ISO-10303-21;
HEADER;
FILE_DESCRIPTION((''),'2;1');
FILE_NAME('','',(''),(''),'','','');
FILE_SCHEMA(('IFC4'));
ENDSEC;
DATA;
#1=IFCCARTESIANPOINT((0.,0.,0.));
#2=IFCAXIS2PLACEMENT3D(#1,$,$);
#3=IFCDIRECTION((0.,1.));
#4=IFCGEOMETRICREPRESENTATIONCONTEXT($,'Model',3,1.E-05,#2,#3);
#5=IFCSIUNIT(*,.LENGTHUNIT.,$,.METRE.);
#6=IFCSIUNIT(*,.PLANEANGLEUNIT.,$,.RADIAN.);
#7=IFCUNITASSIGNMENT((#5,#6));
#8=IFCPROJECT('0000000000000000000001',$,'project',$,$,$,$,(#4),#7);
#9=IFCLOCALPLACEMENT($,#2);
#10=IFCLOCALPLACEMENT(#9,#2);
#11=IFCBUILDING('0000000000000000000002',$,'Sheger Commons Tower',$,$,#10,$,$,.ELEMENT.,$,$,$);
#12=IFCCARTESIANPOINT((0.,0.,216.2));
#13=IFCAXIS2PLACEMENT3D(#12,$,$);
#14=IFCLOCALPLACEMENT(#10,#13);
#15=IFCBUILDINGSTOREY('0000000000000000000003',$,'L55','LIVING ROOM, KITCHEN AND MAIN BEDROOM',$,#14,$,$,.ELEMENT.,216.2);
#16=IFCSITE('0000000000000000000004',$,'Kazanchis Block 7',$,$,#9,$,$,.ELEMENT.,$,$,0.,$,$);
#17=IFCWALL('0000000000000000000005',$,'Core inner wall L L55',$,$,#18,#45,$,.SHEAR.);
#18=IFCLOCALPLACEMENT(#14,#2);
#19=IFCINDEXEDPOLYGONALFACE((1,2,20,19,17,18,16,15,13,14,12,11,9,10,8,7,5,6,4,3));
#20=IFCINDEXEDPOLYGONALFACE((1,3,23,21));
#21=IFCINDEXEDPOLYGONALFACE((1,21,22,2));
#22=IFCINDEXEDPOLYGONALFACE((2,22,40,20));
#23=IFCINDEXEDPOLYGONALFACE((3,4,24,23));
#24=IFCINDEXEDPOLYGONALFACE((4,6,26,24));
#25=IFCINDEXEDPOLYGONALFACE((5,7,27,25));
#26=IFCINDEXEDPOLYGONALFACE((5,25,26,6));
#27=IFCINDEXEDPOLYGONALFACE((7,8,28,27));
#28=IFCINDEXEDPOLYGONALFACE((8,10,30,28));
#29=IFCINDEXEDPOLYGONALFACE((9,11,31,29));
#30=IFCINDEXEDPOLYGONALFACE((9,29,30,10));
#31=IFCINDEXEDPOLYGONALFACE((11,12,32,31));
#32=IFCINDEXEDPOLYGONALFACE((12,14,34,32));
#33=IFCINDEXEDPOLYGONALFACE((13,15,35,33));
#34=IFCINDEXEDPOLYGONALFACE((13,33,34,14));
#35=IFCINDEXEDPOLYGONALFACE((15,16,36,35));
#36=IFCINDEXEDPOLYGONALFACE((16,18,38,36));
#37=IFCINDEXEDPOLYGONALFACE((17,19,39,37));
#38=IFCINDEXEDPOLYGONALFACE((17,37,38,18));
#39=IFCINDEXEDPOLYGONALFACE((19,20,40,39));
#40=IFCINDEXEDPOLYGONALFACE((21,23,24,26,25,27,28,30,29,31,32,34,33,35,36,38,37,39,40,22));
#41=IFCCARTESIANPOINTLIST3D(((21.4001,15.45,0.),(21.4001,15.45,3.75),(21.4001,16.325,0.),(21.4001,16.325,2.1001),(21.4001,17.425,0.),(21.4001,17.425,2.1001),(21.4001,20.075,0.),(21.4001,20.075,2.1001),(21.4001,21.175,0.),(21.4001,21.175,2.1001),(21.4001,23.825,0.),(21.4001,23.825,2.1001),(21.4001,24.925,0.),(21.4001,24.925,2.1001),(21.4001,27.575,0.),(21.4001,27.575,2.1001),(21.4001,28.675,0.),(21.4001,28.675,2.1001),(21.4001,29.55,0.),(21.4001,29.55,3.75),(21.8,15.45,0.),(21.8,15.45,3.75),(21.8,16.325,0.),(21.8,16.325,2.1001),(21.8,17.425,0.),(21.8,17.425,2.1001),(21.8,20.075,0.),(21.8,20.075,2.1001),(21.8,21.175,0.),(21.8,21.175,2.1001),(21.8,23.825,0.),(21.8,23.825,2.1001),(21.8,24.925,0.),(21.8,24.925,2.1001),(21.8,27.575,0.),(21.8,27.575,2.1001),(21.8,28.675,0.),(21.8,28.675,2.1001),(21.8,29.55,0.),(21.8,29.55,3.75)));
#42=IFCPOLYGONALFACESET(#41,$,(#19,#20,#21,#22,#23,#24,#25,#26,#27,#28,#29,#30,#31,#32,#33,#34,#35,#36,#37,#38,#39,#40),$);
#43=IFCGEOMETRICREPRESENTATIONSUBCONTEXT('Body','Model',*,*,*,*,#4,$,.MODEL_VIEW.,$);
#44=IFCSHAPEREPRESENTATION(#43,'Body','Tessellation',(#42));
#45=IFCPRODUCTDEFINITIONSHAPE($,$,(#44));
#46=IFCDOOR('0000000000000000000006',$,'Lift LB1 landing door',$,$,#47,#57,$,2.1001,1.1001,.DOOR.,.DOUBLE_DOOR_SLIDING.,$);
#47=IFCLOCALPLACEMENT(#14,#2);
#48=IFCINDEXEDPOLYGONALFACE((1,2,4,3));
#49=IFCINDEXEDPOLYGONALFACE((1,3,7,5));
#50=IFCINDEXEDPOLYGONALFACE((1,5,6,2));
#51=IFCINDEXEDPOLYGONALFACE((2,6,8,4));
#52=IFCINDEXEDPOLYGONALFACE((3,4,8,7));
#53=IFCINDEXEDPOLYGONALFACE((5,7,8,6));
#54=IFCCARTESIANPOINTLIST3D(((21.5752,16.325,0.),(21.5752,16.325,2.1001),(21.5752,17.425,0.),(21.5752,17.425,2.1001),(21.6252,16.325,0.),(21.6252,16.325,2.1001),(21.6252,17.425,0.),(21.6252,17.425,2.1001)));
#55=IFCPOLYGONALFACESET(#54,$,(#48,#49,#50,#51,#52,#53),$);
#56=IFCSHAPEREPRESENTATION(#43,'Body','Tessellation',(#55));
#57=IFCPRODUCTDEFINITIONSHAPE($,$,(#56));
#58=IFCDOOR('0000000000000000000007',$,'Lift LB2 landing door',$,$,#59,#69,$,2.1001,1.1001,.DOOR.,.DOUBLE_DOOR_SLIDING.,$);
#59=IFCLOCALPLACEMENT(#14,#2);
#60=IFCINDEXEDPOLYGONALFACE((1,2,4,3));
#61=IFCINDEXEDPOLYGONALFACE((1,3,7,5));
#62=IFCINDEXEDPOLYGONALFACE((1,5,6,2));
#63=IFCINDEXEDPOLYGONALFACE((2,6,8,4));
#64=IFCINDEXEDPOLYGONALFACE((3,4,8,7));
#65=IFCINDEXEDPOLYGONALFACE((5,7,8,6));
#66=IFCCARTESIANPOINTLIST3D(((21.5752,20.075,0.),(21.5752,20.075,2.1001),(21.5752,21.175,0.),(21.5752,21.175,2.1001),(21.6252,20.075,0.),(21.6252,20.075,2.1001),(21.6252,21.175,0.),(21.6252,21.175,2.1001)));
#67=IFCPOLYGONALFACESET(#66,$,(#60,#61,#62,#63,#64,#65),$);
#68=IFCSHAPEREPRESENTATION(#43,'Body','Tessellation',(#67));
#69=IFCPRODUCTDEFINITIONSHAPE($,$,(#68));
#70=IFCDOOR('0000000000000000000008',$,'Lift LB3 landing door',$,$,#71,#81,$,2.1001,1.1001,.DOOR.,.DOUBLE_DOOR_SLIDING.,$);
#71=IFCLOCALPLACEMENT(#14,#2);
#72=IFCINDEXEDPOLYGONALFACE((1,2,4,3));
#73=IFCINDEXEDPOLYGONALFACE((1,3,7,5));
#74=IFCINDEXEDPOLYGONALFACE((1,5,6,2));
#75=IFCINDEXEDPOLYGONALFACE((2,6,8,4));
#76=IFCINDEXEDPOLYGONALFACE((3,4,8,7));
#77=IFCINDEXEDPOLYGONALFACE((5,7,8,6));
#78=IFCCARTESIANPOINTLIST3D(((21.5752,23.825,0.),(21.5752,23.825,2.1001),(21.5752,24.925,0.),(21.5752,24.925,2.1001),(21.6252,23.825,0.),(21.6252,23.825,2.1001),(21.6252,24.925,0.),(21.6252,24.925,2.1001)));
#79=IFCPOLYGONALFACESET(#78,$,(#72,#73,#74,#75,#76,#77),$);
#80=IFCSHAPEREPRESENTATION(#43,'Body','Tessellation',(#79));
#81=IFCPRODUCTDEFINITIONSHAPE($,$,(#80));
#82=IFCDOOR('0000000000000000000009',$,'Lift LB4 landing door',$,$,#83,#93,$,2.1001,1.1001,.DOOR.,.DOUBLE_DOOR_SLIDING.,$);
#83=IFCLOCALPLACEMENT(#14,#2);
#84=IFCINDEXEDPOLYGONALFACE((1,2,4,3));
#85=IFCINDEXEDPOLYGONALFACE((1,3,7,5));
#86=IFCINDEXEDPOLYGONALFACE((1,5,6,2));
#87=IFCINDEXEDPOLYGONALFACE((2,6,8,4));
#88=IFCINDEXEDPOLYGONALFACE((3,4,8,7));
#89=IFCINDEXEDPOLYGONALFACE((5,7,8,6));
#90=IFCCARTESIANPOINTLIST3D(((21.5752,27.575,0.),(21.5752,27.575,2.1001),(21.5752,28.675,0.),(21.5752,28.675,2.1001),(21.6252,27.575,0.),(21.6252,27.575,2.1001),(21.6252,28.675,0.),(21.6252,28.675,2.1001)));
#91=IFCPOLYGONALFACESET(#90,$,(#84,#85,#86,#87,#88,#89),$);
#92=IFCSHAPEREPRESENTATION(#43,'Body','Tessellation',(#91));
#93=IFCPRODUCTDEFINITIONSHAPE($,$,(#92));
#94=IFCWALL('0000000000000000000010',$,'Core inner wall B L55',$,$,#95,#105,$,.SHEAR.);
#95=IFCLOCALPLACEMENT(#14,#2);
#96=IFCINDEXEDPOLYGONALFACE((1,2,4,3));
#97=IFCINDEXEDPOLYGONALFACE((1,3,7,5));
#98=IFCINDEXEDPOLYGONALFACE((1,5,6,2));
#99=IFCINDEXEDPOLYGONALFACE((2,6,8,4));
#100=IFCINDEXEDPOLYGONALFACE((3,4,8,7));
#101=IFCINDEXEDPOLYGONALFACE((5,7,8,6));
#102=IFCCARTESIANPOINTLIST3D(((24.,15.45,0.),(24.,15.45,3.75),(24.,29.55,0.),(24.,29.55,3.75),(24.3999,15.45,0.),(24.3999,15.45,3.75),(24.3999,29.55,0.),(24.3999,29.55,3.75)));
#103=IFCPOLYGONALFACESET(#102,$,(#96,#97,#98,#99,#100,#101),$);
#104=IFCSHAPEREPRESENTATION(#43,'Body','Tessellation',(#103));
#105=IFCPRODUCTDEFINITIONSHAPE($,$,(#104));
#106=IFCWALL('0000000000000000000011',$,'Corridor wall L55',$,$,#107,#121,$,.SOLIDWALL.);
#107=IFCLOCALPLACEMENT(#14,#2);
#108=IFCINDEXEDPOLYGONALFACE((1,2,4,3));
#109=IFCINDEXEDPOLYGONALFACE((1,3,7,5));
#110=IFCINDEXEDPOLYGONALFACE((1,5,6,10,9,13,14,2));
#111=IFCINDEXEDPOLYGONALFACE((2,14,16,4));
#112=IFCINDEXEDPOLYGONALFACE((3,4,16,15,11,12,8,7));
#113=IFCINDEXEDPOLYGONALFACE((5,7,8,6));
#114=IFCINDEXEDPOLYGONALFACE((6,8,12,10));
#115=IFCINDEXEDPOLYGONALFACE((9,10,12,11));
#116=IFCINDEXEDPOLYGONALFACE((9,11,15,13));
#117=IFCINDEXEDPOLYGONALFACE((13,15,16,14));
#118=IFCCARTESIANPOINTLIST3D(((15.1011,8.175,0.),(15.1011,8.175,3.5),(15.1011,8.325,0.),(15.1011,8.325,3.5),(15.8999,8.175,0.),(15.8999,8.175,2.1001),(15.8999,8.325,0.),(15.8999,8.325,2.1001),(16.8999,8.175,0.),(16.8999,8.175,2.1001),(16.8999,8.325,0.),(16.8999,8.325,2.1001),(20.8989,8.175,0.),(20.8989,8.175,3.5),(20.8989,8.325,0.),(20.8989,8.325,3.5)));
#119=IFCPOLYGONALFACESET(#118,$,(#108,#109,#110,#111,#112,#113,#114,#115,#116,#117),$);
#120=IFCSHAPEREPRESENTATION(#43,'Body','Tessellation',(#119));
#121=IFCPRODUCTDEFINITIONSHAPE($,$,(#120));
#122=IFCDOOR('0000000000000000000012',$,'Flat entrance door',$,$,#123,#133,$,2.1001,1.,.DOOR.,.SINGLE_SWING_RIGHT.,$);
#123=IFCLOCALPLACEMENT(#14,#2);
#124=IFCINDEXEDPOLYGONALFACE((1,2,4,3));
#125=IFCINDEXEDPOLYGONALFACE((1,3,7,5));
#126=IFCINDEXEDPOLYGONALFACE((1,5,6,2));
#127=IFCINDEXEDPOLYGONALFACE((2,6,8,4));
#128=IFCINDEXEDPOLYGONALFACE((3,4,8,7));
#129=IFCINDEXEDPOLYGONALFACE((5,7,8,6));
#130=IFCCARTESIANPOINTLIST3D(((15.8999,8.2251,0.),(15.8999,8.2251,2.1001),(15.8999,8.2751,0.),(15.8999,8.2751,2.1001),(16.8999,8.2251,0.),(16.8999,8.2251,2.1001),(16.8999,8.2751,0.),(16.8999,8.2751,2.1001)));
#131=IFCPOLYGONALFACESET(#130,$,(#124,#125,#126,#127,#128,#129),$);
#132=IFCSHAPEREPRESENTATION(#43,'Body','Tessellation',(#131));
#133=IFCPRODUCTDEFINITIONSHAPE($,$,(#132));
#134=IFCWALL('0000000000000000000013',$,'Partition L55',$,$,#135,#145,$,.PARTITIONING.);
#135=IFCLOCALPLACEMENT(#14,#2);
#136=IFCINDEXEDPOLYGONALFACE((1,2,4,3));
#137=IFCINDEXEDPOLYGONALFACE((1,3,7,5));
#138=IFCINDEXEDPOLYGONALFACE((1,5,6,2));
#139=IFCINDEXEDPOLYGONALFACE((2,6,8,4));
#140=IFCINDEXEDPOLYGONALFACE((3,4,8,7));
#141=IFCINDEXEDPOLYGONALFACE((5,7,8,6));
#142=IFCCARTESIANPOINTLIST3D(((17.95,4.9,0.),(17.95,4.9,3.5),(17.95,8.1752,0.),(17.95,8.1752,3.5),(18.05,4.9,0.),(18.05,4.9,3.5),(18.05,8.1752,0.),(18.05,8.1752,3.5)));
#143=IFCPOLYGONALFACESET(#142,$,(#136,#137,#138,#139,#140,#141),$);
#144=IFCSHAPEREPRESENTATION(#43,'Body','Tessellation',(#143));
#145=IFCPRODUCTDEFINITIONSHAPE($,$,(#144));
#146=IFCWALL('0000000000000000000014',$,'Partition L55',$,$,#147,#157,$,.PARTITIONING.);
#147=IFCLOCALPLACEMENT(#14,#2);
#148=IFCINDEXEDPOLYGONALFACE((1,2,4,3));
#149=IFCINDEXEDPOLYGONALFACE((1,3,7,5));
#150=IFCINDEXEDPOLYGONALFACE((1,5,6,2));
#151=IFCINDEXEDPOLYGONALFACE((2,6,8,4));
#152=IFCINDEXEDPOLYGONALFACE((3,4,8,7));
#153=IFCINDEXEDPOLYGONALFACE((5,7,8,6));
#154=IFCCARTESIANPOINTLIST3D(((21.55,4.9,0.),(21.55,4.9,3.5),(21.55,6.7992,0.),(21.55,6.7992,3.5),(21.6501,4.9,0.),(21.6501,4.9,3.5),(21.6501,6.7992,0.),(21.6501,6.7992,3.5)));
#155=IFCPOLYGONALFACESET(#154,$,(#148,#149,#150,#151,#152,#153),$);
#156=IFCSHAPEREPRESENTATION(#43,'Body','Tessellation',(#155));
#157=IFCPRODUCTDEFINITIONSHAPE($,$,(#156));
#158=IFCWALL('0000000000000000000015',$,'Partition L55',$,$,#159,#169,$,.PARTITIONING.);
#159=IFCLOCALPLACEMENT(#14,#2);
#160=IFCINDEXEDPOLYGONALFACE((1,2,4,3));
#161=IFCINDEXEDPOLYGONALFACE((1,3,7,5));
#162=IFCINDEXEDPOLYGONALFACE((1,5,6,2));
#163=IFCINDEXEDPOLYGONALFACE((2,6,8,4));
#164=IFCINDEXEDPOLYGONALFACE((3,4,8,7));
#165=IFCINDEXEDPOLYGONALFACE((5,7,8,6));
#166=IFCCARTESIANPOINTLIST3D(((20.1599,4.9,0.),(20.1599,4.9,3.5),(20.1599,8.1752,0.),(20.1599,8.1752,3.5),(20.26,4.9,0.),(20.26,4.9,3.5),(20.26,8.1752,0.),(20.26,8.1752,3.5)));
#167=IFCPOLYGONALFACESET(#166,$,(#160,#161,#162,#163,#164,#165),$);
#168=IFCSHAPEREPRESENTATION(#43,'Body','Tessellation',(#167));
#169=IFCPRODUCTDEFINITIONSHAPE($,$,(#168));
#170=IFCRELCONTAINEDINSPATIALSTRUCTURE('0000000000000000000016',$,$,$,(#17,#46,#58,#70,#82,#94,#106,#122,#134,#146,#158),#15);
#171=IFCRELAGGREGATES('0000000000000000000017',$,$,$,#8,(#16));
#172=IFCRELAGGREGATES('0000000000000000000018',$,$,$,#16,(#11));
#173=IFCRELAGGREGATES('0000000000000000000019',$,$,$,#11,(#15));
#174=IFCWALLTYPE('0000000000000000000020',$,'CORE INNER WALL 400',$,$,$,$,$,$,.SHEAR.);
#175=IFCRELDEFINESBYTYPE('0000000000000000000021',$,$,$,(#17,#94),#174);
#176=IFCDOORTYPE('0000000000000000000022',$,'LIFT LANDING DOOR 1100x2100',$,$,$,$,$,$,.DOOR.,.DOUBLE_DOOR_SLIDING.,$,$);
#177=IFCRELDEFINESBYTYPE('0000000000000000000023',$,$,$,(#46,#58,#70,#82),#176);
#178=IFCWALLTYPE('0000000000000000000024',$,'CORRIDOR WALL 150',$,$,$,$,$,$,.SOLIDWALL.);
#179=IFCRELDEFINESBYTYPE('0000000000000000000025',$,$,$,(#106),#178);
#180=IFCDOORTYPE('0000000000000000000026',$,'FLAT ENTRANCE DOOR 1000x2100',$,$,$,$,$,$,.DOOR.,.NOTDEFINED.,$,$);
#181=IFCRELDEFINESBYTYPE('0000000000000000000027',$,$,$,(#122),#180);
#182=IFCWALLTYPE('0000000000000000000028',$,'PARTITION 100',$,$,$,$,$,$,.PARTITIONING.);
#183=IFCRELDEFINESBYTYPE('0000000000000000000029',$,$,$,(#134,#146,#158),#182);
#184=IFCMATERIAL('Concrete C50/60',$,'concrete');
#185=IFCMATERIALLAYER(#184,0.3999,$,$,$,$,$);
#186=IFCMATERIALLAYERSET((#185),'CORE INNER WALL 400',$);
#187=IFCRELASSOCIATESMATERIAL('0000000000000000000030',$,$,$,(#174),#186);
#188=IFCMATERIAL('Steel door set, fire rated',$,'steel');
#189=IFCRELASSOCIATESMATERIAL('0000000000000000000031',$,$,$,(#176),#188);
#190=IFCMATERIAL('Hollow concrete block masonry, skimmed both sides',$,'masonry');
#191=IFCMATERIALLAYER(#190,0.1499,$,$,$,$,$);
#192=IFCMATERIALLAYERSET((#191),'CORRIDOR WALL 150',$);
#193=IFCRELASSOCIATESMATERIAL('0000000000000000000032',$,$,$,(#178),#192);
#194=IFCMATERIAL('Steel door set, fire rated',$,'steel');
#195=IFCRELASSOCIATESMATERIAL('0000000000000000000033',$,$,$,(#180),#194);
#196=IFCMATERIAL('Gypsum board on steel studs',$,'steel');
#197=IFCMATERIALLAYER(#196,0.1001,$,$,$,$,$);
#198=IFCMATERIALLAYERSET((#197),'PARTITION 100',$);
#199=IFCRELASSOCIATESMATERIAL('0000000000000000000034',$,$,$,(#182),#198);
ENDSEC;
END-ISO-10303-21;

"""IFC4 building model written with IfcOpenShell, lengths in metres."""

from ifc_helpers import new_model, si_unit, direction, frame, frame_2d, origin, place, context, subcontext, project, spatial, rectangle, extrude, material, layer, layer_set, type_object, element, fill, save


model = new_model("IFC4")

# Units and contexts
model_context = context("Model", 3, precision=1e-05, world=origin(), true_north=direction((0.0, 1.0)))
body_context = subcontext(model_context, "Body", "Model", "MODEL_VIEW")
ifc_project = project(units=[si_unit("LENGTHUNIT", "METRE"), si_unit("PLANEANGLEUNIT", "RADIAN")], contexts=[model_context])

# Site, building, storey
site_placement = place(None, origin())
site = spatial("IfcSite", under=ifc_project, at=site_placement, Name="Kazanchis Block 7", CompositionType="ELEMENT", RefElevation=0.0)
building_placement = place(site_placement, origin())
building = spatial("IfcBuilding", under=site, at=building_placement, Name="Sheger Commons Tower", CompositionType="ELEMENT")
storey_placement = place(building_placement, frame((0.0, 0.0, 216.2)))
storey = spatial("IfcBuildingStorey", under=building, at=storey_placement, Name="L55", Description="LIVING ROOM, KITCHEN AND MAIN BEDROOM", CompositionType="ELEMENT", Elevation=216.2)

# Wall, openings, doors
ifc_material_1 = material(Name="Concrete C50/60", Category="concrete")
ifc_layer_1 = layer(ifc_material_1, 0.3999)
ifc_layer_set_1 = layer_set([ifc_layer_1], Name="CORE INNER WALL 400")
wall_type_1 = type_object("IfcWallType", Name="CORE INNER WALL 400", PredefinedType="SHEAR", material=ifc_layer_set_1)
wall_1_placement = place(storey_placement, frame((21.6001, 15.45, 0.0), z_axis=(0.0, 0.0, 1.0), x_axis=(0.0, 1.0, 0.0)))
wall_1 = element("IfcWall", 1, at=wall_1_placement, inside=storey, type_object=wall_type_1, Name="Core inner wall L L55", PredefinedType="SHEAR", context=body_context, shape_type="SweptSolid", body=[
    extrude(rectangle(XDim=14.1001, YDim=0.3999, at=frame_2d((7.05, 0.0))), origin(), (0.0, 0.0, 1.0), 3.75),
])
opening_1_placement = place(wall_1_placement, frame((0.875, 0.0, 0.0)))
opening_1 = element("IfcOpeningElement", 2, at=opening_1_placement, cuts=wall_1, PredefinedType="OPENING", context=body_context, shape_type="SweptSolid", body=[
    extrude(rectangle(XDim=1.1001, YDim=2.1001, at=frame_2d((0.55, 1.05))), frame((0.0, 0.21, 0.0), z_axis=(0.0, -1.0, 0.0), x_axis=(1.0, 0.0, 0.0)), (0.0, 0.0, 1.0), 0.4199),
])
opening_2_placement = place(wall_1_placement, frame((4.625, 0.0, 0.0)))
opening_2 = element("IfcOpeningElement", 3, at=opening_2_placement, cuts=wall_1, PredefinedType="OPENING", context=body_context, shape_type="SweptSolid", body=[
    extrude(rectangle(XDim=1.1001, YDim=2.1001, at=frame_2d((0.55, 1.05))), frame((0.0, 0.21, 0.0), z_axis=(0.0, -1.0, 0.0), x_axis=(1.0, 0.0, 0.0)), (0.0, 0.0, 1.0), 0.4199),
])
opening_3_placement = place(wall_1_placement, frame((8.375, 0.0, 0.0)))
opening_3 = element("IfcOpeningElement", 4, at=opening_3_placement, cuts=wall_1, PredefinedType="OPENING", context=body_context, shape_type="SweptSolid", body=[
    extrude(rectangle(XDim=1.1001, YDim=2.1001, at=frame_2d((0.55, 1.05))), frame((0.0, 0.21, 0.0), z_axis=(0.0, -1.0, 0.0), x_axis=(1.0, 0.0, 0.0)), (0.0, 0.0, 1.0), 0.4199),
])
opening_4_placement = place(wall_1_placement, frame((12.125, 0.0, 0.0)))
opening_4 = element("IfcOpeningElement", 5, at=opening_4_placement, cuts=wall_1, PredefinedType="OPENING", context=body_context, shape_type="SweptSolid", body=[
    extrude(rectangle(XDim=1.1001, YDim=2.1001, at=frame_2d((0.55, 1.05))), frame((0.0, 0.21, 0.0), z_axis=(0.0, -1.0, 0.0), x_axis=(1.0, 0.0, 0.0)), (0.0, 0.0, 1.0), 0.4199),
])
ifc_material_2 = material(Name="Steel door set, fire rated", Category="steel")
door_type_1 = type_object("IfcDoorType", Name="LIFT LANDING DOOR 1100x2100", OperationType="DOUBLE_DOOR_SLIDING", PredefinedType="DOOR", material=ifc_material_2)
door_1_placement = place(opening_1_placement, origin())
door_1 = element("IfcDoor", 6, at=door_1_placement, inside=storey, type_object=door_type_1, Name="Lift LB1 landing door", OperationType="DOUBLE_DOOR_SLIDING", OverallHeight=2.1001, OverallWidth=1.1001, PredefinedType="DOOR", context=body_context, shape_type="SweptSolid", body=[
    extrude(rectangle(XDim=1.1001, YDim=2.1001, at=frame_2d((0.55, 1.05))), frame((0.0, 0.0249, 0.0), z_axis=(0.0, -1.0, 0.0), x_axis=(1.0, 0.0, 0.0)), (0.0, 0.0, 1.0), 0.05),
])
fill(opening_1, door_1)
door_2_placement = place(opening_2_placement, origin())
door_2 = element("IfcDoor", 7, at=door_2_placement, inside=storey, type_object=door_type_1, Name="Lift LB2 landing door", OperationType="DOUBLE_DOOR_SLIDING", OverallHeight=2.1001, OverallWidth=1.1001, PredefinedType="DOOR", context=body_context, shape_type="SweptSolid", body=[
    extrude(rectangle(XDim=1.1001, YDim=2.1001, at=frame_2d((0.55, 1.05))), frame((0.0, 0.0249, 0.0), z_axis=(0.0, -1.0, 0.0), x_axis=(1.0, 0.0, 0.0)), (0.0, 0.0, 1.0), 0.05),
])
fill(opening_2, door_2)
door_3_placement = place(opening_3_placement, origin())
door_3 = element("IfcDoor", 8, at=door_3_placement, inside=storey, type_object=door_type_1, Name="Lift LB3 landing door", OperationType="DOUBLE_DOOR_SLIDING", OverallHeight=2.1001, OverallWidth=1.1001, PredefinedType="DOOR", context=body_context, shape_type="SweptSolid", body=[
    extrude(rectangle(XDim=1.1001, YDim=2.1001, at=frame_2d((0.55, 1.05))), frame((0.0, 0.0249, 0.0), z_axis=(0.0, -1.0, 0.0), x_axis=(1.0, 0.0, 0.0)), (0.0, 0.0, 1.0), 0.05),
])
fill(opening_3, door_3)
door_4_placement = place(opening_4_placement, origin())
door_4 = element("IfcDoor", 9, at=door_4_placement, inside=storey, type_object=door_type_1, Name="Lift LB4 landing door", OperationType="DOUBLE_DOOR_SLIDING", OverallHeight=2.1001, OverallWidth=1.1001, PredefinedType="DOOR", context=body_context, shape_type="SweptSolid", body=[
    extrude(rectangle(XDim=1.1001, YDim=2.1001, at=frame_2d((0.55, 1.05))), frame((0.0, 0.0249, 0.0), z_axis=(0.0, -1.0, 0.0), x_axis=(1.0, 0.0, 0.0)), (0.0, 0.0, 1.0), 0.05),
])
fill(opening_4, door_4)

# Wall
wall_2_placement = place(storey_placement, frame((24.2, 15.45, 0.0), z_axis=(0.0, 0.0, 1.0), x_axis=(0.0, 1.0, 0.0)))
element("IfcWall", 10, at=wall_2_placement, inside=storey, type_object=wall_type_1, Name="Core inner wall B L55", PredefinedType="SHEAR", context=body_context, shape_type="SweptSolid", body=[
    extrude(rectangle(XDim=14.1001, YDim=0.3999, at=frame_2d((7.05, 0.0))), origin(), (0.0, 0.0, 1.0), 3.75),
])

# Wall, opening, door
ifc_material_3 = material(Name="Hollow concrete block masonry, skimmed both sides", Category="masonry")
ifc_layer_2 = layer(ifc_material_3, 0.1499)
ifc_layer_set_2 = layer_set([ifc_layer_2], Name="CORRIDOR WALL 150")
wall_type_2 = type_object("IfcWallType", Name="CORRIDOR WALL 150", PredefinedType="SOLIDWALL", material=ifc_layer_set_2)
wall_3_placement = place(storey_placement, frame((20.8989, 8.25, 0.0), z_axis=(0.0, 0.0, 1.0), x_axis=(-1.0, 0.0, 0.0)))
wall_3 = element("IfcWall", 11, at=wall_3_placement, inside=storey, type_object=wall_type_2, Name="Corridor wall L55", PredefinedType="SOLIDWALL", context=body_context, shape_type="SweptSolid", body=[
    extrude(rectangle(XDim=5.7979, YDim=0.1499, at=frame_2d((2.8989, 0.0))), origin(), (0.0, 0.0, 1.0), 3.5),
])
opening_5_placement = place(wall_3_placement, frame((3.999, 0.0, 0.0)))
opening_5 = element("IfcOpeningElement", 12, at=opening_5_placement, cuts=wall_3, PredefinedType="OPENING", context=body_context, shape_type="SweptSolid", body=[
    extrude(rectangle(XDim=1.0, YDim=2.1001, at=frame_2d((0.5, 1.05))), frame((0.0, 0.085, 0.0), z_axis=(0.0, -1.0, 0.0), x_axis=(1.0, 0.0, 0.0)), (0.0, 0.0, 1.0), 0.1699),
])
ifc_material_4 = material(Name="Steel door set, fire rated", Category="steel")
door_type_2 = type_object("IfcDoorType", Name="FLAT ENTRANCE DOOR 1000x2100", OperationType="NOTDEFINED", PredefinedType="DOOR", material=ifc_material_4)
door_5_placement = place(opening_5_placement, origin())
door_5 = element("IfcDoor", 13, at=door_5_placement, inside=storey, type_object=door_type_2, Name="Flat entrance door", OperationType="SINGLE_SWING_RIGHT", OverallHeight=2.1001, OverallWidth=1.0, PredefinedType="DOOR", context=body_context, shape_type="SweptSolid", body=[
    extrude(rectangle(XDim=1.0, YDim=2.1001, at=frame_2d((0.5, 1.05))), frame((0.0, 0.0249, 0.0), z_axis=(0.0, -1.0, 0.0), x_axis=(1.0, 0.0, 0.0)), (0.0, 0.0, 1.0), 0.05),
])
fill(opening_5, door_5)

# Walls
ifc_material_5 = material(Name="Gypsum board on steel studs", Category="steel")
ifc_layer_3 = layer(ifc_material_5, 0.1001)
ifc_layer_set_3 = layer_set([ifc_layer_3], Name="PARTITION 100")
wall_type_3 = type_object("IfcWallType", Name="PARTITION 100", PredefinedType="PARTITIONING", material=ifc_layer_set_3)
wall_4_placement = place(storey_placement, frame((18.0, 4.8999, 0.0), z_axis=(0.0, 0.0, 1.0), x_axis=(0.0, 1.0, 0.0)))
element("IfcWall", 14, at=wall_4_placement, inside=storey, type_object=wall_type_3, Name="Partition L55", PredefinedType="PARTITIONING", context=body_context, shape_type="SweptSolid", body=[
    extrude(rectangle(XDim=3.2751, YDim=0.1001, at=frame_2d((1.6377, 0.0))), origin(), (0.0, 0.0, 1.0), 3.5),
])
wall_5_placement = place(storey_placement, frame((21.6001, 4.8999, 0.0), z_axis=(0.0, 0.0, 1.0), x_axis=(0.0, 1.0, 0.0)))
element("IfcWall", 15, at=wall_5_placement, inside=storey, type_object=wall_type_3, Name="Partition L55", PredefinedType="PARTITIONING", context=body_context, shape_type="SweptSolid", body=[
    extrude(rectangle(XDim=1.8992, YDim=0.1001, at=frame_2d((0.9497, 0.0))), origin(), (0.0, 0.0, 1.0), 3.5),
])
for number, where, z_axis, x_axis, name in (
    (16, (20.21, 4.8999, 0.0), (0.0, 0.0, 1.0), (0.0, 1.0, 0.0), "Partition L55"),
):
    element("IfcWall", number, at=place(storey_placement, frame(where, z_axis=z_axis, x_axis=x_axis)), inside=storey, type_object=wall_type_3, Name=name, PredefinedType="PARTITIONING", context=body_context, shape_type="SweptSolid", body=[
        extrude(rectangle(XDim=3.2751, YDim=0.1001, at=frame_2d((1.6377, 0.0))), origin(), (0.0, 0.0, 1.0), 3.5),
    ])

save(model, "model.ifc")
